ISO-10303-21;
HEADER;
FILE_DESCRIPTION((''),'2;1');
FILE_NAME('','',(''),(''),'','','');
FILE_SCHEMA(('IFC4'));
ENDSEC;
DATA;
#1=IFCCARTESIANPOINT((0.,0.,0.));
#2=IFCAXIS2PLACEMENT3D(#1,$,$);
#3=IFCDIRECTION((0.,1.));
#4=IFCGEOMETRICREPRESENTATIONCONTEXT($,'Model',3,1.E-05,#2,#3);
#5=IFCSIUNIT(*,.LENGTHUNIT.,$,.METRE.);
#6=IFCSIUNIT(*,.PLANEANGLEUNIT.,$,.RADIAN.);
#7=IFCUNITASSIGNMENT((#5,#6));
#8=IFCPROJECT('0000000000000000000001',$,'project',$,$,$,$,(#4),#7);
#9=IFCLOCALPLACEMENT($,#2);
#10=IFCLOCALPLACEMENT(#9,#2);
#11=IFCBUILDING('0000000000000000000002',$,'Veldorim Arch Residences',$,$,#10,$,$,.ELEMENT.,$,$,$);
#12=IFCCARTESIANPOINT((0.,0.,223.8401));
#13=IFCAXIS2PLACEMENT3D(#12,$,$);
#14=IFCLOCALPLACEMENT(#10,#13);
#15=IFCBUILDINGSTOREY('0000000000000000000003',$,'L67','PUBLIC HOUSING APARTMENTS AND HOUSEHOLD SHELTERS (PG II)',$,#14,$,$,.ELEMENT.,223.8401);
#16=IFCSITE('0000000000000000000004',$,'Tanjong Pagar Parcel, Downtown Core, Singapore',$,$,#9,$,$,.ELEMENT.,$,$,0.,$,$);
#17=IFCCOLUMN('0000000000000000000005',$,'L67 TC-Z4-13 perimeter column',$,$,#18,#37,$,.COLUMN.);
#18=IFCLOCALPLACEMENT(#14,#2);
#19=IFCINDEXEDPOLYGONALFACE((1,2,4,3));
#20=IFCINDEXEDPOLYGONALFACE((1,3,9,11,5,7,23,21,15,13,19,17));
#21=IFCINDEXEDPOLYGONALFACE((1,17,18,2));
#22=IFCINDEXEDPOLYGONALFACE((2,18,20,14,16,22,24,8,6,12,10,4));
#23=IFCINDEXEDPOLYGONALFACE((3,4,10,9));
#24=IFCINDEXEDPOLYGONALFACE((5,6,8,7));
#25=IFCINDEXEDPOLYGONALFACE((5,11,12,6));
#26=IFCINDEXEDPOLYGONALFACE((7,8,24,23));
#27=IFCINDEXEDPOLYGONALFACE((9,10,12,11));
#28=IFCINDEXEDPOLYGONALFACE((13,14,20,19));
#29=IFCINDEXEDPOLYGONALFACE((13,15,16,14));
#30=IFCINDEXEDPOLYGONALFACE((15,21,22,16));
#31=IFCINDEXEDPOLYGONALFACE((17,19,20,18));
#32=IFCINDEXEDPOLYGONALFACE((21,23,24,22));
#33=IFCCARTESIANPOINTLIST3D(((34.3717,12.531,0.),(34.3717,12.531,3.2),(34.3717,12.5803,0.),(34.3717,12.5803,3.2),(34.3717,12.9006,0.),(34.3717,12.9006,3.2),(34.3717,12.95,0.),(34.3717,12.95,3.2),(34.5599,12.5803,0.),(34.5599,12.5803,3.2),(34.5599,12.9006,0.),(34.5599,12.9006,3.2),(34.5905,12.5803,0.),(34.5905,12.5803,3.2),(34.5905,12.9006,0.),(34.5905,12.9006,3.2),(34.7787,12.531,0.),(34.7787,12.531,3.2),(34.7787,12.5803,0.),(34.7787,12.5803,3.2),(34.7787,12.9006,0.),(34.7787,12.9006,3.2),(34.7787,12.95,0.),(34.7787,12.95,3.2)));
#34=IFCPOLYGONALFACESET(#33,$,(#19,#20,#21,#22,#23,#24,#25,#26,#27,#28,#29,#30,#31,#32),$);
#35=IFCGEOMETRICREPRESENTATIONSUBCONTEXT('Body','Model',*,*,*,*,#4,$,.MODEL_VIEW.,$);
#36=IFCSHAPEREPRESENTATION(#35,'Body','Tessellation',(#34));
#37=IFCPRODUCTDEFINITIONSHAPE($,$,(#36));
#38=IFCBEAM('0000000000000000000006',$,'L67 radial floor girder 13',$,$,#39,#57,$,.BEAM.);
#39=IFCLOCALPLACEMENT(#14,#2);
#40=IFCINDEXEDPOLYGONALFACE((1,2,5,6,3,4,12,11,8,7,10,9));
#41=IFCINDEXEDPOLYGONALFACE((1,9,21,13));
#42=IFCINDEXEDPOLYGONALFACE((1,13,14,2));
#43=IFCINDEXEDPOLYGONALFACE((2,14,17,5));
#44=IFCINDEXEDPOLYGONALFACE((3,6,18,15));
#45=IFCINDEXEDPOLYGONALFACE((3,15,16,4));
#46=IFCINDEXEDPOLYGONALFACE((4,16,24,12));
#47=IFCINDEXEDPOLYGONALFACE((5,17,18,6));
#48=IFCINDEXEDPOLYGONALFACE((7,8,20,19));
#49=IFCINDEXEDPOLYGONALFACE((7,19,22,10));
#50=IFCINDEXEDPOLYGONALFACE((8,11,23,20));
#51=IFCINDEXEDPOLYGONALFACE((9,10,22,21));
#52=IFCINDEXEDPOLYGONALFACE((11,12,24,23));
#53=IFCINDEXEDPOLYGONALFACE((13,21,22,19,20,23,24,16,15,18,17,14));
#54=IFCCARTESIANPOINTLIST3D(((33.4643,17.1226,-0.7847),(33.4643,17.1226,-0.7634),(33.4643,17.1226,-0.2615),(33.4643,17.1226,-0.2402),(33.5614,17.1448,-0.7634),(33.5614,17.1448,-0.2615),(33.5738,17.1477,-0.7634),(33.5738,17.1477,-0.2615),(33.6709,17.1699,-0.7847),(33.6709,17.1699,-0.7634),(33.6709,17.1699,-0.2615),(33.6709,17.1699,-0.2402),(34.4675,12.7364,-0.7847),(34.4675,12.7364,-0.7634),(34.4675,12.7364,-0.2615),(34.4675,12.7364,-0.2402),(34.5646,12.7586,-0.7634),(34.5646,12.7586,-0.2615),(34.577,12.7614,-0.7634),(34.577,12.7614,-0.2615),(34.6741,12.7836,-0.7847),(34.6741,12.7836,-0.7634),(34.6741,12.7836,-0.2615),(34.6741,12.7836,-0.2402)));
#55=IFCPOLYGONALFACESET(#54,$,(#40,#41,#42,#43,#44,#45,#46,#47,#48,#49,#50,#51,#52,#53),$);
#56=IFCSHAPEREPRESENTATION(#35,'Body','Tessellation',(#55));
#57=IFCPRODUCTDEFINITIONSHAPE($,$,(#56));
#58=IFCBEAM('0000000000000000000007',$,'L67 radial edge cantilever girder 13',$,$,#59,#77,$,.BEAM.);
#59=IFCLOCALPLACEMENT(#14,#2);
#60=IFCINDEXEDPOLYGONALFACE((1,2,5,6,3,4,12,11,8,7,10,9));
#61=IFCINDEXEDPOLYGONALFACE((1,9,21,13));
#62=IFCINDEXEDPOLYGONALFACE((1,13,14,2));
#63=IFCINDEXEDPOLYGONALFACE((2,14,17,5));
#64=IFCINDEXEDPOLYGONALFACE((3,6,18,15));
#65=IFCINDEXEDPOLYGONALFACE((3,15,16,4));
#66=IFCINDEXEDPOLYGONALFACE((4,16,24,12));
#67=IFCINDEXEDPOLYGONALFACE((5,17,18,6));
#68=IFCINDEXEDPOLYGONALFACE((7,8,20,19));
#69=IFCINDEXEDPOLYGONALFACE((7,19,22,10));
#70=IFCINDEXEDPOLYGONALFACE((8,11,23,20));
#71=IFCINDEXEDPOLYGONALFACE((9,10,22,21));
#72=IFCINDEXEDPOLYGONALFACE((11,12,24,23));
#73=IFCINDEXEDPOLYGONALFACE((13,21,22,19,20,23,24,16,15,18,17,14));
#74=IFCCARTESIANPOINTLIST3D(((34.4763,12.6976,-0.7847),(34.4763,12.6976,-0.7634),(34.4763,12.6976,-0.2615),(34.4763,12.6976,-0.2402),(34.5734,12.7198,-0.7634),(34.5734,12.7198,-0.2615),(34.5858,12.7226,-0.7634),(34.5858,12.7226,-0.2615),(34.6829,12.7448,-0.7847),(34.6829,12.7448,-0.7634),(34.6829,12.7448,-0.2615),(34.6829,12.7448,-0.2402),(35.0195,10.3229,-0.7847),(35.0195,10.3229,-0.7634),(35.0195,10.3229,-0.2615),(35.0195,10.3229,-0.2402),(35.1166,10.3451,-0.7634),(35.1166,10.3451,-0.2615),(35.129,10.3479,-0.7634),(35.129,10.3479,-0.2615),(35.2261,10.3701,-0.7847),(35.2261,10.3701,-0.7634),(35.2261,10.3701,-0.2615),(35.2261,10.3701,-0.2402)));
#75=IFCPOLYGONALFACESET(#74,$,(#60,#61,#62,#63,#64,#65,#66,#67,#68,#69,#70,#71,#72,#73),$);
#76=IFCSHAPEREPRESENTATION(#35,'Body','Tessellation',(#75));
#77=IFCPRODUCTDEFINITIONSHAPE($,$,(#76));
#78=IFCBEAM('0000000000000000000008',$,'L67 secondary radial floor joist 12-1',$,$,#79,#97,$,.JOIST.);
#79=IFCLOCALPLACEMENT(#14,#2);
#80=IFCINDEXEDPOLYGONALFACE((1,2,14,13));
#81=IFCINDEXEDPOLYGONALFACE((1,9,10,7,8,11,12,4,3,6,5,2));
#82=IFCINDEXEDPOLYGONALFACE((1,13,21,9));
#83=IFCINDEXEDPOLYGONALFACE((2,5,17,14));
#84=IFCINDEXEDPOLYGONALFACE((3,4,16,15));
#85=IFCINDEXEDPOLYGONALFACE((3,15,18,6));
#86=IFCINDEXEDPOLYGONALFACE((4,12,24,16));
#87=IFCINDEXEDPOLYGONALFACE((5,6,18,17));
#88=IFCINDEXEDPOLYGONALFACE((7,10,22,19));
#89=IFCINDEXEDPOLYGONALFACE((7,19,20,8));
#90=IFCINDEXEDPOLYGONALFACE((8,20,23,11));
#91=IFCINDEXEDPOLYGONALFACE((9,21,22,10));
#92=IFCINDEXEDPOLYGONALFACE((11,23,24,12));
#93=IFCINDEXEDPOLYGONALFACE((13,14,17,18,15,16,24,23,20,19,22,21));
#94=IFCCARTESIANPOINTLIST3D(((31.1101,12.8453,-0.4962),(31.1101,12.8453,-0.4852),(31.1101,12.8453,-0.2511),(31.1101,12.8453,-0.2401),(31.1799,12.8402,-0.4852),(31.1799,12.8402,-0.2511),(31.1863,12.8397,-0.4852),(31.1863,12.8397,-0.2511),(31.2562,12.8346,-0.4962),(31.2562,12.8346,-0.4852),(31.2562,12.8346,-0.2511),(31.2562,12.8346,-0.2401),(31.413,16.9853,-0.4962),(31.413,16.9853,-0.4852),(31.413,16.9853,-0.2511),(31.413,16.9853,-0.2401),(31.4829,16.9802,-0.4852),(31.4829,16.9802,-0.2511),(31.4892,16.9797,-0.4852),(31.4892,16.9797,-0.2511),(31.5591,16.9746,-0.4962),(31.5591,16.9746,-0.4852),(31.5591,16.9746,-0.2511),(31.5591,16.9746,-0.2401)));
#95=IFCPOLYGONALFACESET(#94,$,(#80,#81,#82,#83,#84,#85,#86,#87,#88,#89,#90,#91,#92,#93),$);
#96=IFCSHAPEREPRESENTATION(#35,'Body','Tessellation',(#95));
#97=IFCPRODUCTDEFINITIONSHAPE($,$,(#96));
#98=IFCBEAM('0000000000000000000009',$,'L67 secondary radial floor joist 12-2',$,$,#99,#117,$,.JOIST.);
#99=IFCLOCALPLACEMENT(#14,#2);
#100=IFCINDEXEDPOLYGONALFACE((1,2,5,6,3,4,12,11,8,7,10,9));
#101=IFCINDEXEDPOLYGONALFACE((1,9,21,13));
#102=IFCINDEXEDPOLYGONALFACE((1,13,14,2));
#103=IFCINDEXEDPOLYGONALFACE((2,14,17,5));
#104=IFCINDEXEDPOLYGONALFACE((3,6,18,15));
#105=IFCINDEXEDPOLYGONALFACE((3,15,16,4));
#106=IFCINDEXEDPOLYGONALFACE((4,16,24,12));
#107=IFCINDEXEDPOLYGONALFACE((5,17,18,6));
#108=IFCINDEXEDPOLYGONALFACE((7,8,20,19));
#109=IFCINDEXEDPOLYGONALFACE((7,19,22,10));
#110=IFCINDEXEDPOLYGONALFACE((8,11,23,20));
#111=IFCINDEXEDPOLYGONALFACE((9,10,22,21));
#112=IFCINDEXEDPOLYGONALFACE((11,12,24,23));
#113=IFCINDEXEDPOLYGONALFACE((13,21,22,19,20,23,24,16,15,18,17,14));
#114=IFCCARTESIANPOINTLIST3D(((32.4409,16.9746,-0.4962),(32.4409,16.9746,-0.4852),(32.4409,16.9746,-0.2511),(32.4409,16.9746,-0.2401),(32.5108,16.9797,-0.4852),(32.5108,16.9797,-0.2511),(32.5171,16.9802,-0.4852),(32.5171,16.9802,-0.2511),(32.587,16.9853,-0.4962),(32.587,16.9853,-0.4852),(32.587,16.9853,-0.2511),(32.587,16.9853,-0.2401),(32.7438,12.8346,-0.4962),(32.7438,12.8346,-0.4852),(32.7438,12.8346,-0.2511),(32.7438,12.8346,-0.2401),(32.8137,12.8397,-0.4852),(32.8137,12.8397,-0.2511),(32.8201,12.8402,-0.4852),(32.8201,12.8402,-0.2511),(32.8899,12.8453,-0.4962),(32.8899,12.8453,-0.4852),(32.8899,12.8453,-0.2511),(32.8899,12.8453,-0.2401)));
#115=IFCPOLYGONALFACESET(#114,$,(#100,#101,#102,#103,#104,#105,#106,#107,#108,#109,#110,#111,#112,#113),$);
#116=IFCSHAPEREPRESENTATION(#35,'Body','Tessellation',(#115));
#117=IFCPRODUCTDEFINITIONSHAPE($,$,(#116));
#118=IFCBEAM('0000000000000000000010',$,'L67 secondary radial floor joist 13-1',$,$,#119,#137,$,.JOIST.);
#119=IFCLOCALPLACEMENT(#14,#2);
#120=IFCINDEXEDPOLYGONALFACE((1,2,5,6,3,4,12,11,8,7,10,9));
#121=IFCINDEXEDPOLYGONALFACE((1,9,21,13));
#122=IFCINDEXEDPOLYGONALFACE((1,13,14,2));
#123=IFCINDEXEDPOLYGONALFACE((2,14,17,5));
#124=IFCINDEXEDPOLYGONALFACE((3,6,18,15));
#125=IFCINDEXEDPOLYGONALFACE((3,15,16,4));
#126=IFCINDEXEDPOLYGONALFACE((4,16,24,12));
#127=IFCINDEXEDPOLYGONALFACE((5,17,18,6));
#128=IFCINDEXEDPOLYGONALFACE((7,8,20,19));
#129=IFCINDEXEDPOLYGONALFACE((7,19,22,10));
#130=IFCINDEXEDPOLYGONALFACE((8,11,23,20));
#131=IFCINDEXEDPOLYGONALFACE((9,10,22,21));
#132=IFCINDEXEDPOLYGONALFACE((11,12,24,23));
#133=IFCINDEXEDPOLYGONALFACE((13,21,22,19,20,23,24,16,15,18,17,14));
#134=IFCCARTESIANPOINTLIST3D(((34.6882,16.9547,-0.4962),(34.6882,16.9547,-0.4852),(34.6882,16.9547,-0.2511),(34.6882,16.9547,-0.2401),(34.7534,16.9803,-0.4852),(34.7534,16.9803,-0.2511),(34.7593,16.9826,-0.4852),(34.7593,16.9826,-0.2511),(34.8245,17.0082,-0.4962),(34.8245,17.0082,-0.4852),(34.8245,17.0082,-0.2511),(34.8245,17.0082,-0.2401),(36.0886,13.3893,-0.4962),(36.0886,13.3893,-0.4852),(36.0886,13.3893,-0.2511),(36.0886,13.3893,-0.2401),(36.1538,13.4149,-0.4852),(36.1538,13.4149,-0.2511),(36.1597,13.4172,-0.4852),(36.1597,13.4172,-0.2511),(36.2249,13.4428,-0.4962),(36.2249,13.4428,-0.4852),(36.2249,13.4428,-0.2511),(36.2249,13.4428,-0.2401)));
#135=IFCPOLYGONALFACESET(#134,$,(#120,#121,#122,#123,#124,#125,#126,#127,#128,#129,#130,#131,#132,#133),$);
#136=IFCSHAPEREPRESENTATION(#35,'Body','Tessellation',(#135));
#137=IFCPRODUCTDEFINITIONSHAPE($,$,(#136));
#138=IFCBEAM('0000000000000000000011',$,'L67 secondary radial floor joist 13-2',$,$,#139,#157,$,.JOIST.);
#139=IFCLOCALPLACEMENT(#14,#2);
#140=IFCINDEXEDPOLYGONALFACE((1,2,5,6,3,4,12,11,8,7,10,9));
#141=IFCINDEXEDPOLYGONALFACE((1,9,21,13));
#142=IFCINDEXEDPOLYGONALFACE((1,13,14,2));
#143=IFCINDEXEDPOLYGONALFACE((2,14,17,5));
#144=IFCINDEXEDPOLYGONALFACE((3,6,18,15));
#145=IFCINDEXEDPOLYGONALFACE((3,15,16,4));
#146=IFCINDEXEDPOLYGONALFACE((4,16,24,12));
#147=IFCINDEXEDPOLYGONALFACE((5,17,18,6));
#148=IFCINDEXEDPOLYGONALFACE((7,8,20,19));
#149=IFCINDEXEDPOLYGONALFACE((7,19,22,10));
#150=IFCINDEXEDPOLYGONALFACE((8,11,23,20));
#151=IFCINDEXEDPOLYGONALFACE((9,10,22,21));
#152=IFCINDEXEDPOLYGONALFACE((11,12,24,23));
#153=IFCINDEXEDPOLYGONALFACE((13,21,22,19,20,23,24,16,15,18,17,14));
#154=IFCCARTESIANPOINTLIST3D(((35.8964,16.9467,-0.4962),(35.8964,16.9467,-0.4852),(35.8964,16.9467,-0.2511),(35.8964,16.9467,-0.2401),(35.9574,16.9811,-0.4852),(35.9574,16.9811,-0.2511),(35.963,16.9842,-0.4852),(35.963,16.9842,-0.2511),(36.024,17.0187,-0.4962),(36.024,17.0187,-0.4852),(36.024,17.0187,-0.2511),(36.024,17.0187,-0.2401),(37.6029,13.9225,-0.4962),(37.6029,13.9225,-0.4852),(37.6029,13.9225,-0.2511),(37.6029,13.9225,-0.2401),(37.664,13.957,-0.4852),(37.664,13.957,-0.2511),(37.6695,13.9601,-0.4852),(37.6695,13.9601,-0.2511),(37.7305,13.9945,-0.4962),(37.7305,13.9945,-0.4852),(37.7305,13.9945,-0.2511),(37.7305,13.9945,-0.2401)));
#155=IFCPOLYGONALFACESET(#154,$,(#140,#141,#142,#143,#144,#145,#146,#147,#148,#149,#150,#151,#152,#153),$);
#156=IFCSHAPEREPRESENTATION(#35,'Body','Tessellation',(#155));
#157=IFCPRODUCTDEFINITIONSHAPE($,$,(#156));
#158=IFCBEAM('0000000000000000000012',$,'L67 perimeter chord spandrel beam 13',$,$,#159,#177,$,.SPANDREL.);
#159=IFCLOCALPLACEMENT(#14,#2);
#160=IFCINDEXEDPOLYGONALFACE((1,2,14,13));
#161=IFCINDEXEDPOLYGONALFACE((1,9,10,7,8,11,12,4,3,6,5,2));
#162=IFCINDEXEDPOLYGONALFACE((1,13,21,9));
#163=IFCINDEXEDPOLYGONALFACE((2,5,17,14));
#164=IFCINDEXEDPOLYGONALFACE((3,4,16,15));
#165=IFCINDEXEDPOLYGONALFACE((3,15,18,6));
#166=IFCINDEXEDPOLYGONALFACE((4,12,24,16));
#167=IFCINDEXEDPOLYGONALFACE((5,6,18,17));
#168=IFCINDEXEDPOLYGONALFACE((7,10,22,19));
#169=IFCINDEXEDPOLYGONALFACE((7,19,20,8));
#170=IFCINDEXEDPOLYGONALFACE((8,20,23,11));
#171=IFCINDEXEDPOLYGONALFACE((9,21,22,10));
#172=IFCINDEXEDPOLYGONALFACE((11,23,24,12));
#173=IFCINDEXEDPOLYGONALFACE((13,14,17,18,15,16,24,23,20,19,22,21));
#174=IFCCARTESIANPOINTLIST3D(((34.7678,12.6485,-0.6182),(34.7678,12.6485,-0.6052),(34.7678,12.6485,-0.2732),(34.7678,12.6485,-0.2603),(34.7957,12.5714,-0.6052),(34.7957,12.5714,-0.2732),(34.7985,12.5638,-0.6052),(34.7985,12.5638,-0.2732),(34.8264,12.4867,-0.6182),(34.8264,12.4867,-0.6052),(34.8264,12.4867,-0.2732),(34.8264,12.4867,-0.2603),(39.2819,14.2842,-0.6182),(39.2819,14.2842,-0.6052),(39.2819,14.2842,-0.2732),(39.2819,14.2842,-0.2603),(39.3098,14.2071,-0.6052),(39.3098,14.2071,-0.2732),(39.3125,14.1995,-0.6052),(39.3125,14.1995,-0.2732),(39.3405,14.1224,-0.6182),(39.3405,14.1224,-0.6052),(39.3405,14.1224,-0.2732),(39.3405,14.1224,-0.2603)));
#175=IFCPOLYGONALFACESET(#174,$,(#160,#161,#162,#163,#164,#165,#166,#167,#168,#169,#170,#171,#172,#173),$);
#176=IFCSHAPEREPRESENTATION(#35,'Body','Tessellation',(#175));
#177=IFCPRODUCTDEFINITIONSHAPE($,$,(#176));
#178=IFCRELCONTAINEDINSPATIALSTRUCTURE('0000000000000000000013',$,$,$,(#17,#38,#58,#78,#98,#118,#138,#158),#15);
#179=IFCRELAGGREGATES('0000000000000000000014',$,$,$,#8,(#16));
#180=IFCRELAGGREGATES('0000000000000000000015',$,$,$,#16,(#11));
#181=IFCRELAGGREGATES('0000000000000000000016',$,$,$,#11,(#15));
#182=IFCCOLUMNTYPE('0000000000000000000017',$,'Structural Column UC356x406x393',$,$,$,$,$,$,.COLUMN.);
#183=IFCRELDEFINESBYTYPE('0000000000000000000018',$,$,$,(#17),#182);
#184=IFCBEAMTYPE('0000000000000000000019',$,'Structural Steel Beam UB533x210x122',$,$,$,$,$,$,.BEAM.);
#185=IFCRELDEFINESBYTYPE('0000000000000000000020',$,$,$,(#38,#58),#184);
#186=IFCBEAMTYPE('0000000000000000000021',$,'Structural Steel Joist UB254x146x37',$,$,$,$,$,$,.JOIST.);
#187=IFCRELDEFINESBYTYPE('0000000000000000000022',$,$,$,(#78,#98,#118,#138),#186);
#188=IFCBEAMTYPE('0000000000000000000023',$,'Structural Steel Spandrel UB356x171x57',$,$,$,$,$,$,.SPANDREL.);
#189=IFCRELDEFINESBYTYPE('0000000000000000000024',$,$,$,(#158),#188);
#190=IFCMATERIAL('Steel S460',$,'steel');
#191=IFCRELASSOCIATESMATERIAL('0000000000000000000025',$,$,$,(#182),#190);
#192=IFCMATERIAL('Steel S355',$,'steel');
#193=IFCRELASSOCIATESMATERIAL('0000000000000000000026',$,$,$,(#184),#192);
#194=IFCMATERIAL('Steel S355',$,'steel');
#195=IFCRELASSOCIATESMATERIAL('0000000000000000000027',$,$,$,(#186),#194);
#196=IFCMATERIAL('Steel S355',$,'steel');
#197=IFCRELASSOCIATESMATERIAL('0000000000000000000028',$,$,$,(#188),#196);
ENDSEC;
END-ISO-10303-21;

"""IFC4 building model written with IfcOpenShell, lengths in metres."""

from ifc_helpers import new_model, si_unit, direction, frame, origin, origin_2d, place, context, subcontext, project, spatial, i_section, extrude, material, material_profile, profile_set, type_object, element, save


model = new_model("IFC4")

# Units and contexts
model_context = context("Model", 3, precision=1e-05, world=origin(), true_north=direction((0.0, 1.0)))
body_context = subcontext(model_context, "Body", "Model", "MODEL_VIEW")
ifc_project = project(units=[si_unit("LENGTHUNIT", "METRE"), si_unit("PLANEANGLEUNIT", "RADIAN")], contexts=[model_context])

# Site, building, storey
site_placement = place(None, origin())
site = spatial("IfcSite", under=ifc_project, at=site_placement, Name="Tanjong Pagar Parcel, Downtown Core, Singapore", CompositionType="ELEMENT", RefElevation=0.0)
building_placement = place(site_placement, origin())
building = spatial("IfcBuilding", under=site, at=building_placement, Name="Veldorim Arch Residences", CompositionType="ELEMENT")
storey_placement = place(building_placement, frame((0.0, 0.0, 223.8401)))
storey = spatial("IfcBuildingStorey", under=building, at=storey_placement, Name="L67", Description="PUBLIC HOUSING APARTMENTS AND HOUSEHOLD SHELTERS (PG II)", CompositionType="ELEMENT", Elevation=223.8401)

# Column
ifc_material_1 = material(Name="Steel S460", Category="steel")
ifc_material_profile_1 = material_profile(ifc_material_1, i_section(OverallWidth=0.407, OverallDepth=0.4189, WebThickness=0.0305, FlangeThickness=0.0493, at=origin_2d()), Name="UC356x406x393")
ifc_profile_set_1 = profile_set([ifc_material_profile_1], Name="Steel S460")
column_type = type_object("IfcColumnType", Name="Structural Column UC356x406x393", PredefinedType="COLUMN", material=ifc_profile_set_1)
column_placement = place(storey_placement, frame((34.5752, 12.7405, 0.0), z_axis=(0.0, 0.0, 1.0), x_axis=(1.0, 0.0, 0.0)))
element("IfcColumn", 1, at=column_placement, inside=storey, type_object=column_type, Name="L67 TC-Z4-13 perimeter column", PredefinedType="COLUMN", context=body_context, shape_type="SweptSolid", body=[
    extrude(i_section(OverallWidth=0.407, OverallDepth=0.4189, WebThickness=0.0305, FlangeThickness=0.0493, at=origin_2d()), origin(), (0.0, 0.0, 1.0), 3.2),
])

# Beams
ifc_material_2 = material(Name="Steel S355", Category="steel")
ifc_material_profile_2 = material_profile(ifc_material_2, i_section(OverallWidth=0.2119, OverallDepth=0.5444, WebThickness=0.0127, FlangeThickness=0.0212, at=origin_2d()), Name="UB533x210x122")
ifc_profile_set_2 = profile_set([ifc_material_profile_2], Name="Steel S355")
beam_type_1 = type_object("IfcBeamType", Name="Structural Steel Beam UB533x210x122", PredefinedType="BEAM", material=ifc_profile_set_2)
beam_1_placement = place(storey_placement, frame((33.5676, 17.1462, -0.5125), z_axis=(0.222953, -0.974829, 0.0), x_axis=(0.974829, 0.222953, 0.0)))
element("IfcBeam", 2, at=beam_1_placement, inside=storey, type_object=beam_type_1, Name="L67 radial floor girder 13", PredefinedType="BEAM", context=body_context, shape_type="SweptSolid", body=[
    extrude(i_section(OverallWidth=0.2119, OverallDepth=0.5444, WebThickness=0.0127, FlangeThickness=0.0212, at=origin_2d()), origin(), (0.0, 0.0, 1.0), 4.4995),
])
beam_2_placement = place(storey_placement, frame((34.5796, 12.7212, -0.5125), z_axis=(0.222985, -0.974822, 0.0), x_axis=(0.974822, 0.222985, 0.0)))
element("IfcBeam", 3, at=beam_2_placement, inside=storey, type_object=beam_type_1, Name="L67 radial edge cantilever girder 13", PredefinedType="BEAM", context=body_context, shape_type="SweptSolid", body=[
    extrude(i_section(OverallWidth=0.2119, OverallDepth=0.5444, WebThickness=0.0127, FlangeThickness=0.0212, at=origin_2d()), origin(), (0.0, 0.0, 1.0), 2.436),
])
ifc_material_3 = material(Name="Steel S355", Category="steel")
ifc_material_profile_3 = material_profile(ifc_material_3, i_section(OverallWidth=0.1465, OverallDepth=0.2561, WebThickness=0.0063, FlangeThickness=0.011, at=origin_2d()), Name="UB254x146x37")
ifc_profile_set_3 = profile_set([ifc_material_profile_3], Name="Steel S355")
beam_type_2 = type_object("IfcBeamType", Name="Structural Steel Joist UB254x146x37", PredefinedType="JOIST", material=ifc_profile_set_3)
for number, where, z_axis, x_axis, name in (
    (4, (31.4861, 16.98, -0.3682), (-0.072986, -0.997333, 0.0), (0.997333, -0.072986, 0.0), "L67 secondary radial floor joist 12-1"),
    (5, (32.5139, 16.98, -0.3682), (0.072986, -0.997333, 0.0), (0.997333, 0.072986, 0.0), "L67 secondary radial floor joist 12-2"),
):
    element("IfcBeam", number, at=place(storey_placement, frame(where, z_axis=z_axis, x_axis=x_axis)), inside=storey, type_object=beam_type_2, Name=name, PredefinedType="JOIST", context=body_context, shape_type="SweptSolid", body=[
        extrude(i_section(OverallWidth=0.1465, OverallDepth=0.2561, WebThickness=0.0063, FlangeThickness=0.011, at=origin_2d()), origin(), (0.0, 0.0, 1.0), 4.1511),
    ])
beam_3_placement = place(storey_placement, frame((34.7563, 16.9814, -0.3682), z_axis=(0.365581, -0.930779, 0.0), x_axis=(0.930779, 0.365581, 0.0)))
element("IfcBeam", 6, at=beam_3_placement, inside=storey, type_object=beam_type_2, Name="L67 secondary radial floor joist 13-1", PredefinedType="JOIST", context=body_context, shape_type="SweptSolid", body=[
    extrude(i_section(OverallWidth=0.1465, OverallDepth=0.2561, WebThickness=0.0063, FlangeThickness=0.011, at=origin_2d()), origin(), (0.0, 0.0, 1.0), 3.8306),
])
beam_4_placement = place(storey_placement, frame((35.9602, 16.9827, -0.3682), z_axis=(0.491452, -0.870904, 0.0), x_axis=(0.870904, 0.491452, 0.0)))
element("IfcBeam", 7, at=beam_4_placement, inside=storey, type_object=beam_type_2, Name="L67 secondary radial floor joist 13-2", PredefinedType="JOIST", context=body_context, shape_type="SweptSolid", body=[
    extrude(i_section(OverallWidth=0.1465, OverallDepth=0.2561, WebThickness=0.0063, FlangeThickness=0.011, at=origin_2d()), origin(), (0.0, 0.0, 1.0), 3.4724),
])
ifc_material_4 = material(Name="Steel S355", Category="steel")
ifc_material_profile_4 = material_profile(ifc_material_4, i_section(OverallWidth=0.1721, OverallDepth=0.3579, WebThickness=0.0081, FlangeThickness=0.0129, at=origin_2d()), Name="UB356x171x57")
ifc_profile_set_4 = profile_set([ifc_material_profile_4], Name="Steel S355")
beam_type_3 = type_object("IfcBeamType", Name="Structural Steel Spandrel UB356x171x57", PredefinedType="SPANDREL", material=ifc_profile_set_4)
beam_5_placement = place(storey_placement, frame((34.7971, 12.5676, -0.4392), z_axis=(0.940179, 0.340681, 0.0), x_axis=(-0.340681, 0.940179, 0.0)))
element("IfcBeam", 8, at=beam_5_placement, inside=storey, type_object=beam_type_3, Name="L67 perimeter chord spandrel beam 13", PredefinedType="SPANDREL", context=body_context, shape_type="SweptSolid", body=[
    extrude(i_section(OverallWidth=0.1721, OverallDepth=0.3579, WebThickness=0.0081, FlangeThickness=0.0129, at=origin_2d()), origin(), (0.0, 0.0, 1.0), 4.8013),
])

save(model, "model.ifc")
